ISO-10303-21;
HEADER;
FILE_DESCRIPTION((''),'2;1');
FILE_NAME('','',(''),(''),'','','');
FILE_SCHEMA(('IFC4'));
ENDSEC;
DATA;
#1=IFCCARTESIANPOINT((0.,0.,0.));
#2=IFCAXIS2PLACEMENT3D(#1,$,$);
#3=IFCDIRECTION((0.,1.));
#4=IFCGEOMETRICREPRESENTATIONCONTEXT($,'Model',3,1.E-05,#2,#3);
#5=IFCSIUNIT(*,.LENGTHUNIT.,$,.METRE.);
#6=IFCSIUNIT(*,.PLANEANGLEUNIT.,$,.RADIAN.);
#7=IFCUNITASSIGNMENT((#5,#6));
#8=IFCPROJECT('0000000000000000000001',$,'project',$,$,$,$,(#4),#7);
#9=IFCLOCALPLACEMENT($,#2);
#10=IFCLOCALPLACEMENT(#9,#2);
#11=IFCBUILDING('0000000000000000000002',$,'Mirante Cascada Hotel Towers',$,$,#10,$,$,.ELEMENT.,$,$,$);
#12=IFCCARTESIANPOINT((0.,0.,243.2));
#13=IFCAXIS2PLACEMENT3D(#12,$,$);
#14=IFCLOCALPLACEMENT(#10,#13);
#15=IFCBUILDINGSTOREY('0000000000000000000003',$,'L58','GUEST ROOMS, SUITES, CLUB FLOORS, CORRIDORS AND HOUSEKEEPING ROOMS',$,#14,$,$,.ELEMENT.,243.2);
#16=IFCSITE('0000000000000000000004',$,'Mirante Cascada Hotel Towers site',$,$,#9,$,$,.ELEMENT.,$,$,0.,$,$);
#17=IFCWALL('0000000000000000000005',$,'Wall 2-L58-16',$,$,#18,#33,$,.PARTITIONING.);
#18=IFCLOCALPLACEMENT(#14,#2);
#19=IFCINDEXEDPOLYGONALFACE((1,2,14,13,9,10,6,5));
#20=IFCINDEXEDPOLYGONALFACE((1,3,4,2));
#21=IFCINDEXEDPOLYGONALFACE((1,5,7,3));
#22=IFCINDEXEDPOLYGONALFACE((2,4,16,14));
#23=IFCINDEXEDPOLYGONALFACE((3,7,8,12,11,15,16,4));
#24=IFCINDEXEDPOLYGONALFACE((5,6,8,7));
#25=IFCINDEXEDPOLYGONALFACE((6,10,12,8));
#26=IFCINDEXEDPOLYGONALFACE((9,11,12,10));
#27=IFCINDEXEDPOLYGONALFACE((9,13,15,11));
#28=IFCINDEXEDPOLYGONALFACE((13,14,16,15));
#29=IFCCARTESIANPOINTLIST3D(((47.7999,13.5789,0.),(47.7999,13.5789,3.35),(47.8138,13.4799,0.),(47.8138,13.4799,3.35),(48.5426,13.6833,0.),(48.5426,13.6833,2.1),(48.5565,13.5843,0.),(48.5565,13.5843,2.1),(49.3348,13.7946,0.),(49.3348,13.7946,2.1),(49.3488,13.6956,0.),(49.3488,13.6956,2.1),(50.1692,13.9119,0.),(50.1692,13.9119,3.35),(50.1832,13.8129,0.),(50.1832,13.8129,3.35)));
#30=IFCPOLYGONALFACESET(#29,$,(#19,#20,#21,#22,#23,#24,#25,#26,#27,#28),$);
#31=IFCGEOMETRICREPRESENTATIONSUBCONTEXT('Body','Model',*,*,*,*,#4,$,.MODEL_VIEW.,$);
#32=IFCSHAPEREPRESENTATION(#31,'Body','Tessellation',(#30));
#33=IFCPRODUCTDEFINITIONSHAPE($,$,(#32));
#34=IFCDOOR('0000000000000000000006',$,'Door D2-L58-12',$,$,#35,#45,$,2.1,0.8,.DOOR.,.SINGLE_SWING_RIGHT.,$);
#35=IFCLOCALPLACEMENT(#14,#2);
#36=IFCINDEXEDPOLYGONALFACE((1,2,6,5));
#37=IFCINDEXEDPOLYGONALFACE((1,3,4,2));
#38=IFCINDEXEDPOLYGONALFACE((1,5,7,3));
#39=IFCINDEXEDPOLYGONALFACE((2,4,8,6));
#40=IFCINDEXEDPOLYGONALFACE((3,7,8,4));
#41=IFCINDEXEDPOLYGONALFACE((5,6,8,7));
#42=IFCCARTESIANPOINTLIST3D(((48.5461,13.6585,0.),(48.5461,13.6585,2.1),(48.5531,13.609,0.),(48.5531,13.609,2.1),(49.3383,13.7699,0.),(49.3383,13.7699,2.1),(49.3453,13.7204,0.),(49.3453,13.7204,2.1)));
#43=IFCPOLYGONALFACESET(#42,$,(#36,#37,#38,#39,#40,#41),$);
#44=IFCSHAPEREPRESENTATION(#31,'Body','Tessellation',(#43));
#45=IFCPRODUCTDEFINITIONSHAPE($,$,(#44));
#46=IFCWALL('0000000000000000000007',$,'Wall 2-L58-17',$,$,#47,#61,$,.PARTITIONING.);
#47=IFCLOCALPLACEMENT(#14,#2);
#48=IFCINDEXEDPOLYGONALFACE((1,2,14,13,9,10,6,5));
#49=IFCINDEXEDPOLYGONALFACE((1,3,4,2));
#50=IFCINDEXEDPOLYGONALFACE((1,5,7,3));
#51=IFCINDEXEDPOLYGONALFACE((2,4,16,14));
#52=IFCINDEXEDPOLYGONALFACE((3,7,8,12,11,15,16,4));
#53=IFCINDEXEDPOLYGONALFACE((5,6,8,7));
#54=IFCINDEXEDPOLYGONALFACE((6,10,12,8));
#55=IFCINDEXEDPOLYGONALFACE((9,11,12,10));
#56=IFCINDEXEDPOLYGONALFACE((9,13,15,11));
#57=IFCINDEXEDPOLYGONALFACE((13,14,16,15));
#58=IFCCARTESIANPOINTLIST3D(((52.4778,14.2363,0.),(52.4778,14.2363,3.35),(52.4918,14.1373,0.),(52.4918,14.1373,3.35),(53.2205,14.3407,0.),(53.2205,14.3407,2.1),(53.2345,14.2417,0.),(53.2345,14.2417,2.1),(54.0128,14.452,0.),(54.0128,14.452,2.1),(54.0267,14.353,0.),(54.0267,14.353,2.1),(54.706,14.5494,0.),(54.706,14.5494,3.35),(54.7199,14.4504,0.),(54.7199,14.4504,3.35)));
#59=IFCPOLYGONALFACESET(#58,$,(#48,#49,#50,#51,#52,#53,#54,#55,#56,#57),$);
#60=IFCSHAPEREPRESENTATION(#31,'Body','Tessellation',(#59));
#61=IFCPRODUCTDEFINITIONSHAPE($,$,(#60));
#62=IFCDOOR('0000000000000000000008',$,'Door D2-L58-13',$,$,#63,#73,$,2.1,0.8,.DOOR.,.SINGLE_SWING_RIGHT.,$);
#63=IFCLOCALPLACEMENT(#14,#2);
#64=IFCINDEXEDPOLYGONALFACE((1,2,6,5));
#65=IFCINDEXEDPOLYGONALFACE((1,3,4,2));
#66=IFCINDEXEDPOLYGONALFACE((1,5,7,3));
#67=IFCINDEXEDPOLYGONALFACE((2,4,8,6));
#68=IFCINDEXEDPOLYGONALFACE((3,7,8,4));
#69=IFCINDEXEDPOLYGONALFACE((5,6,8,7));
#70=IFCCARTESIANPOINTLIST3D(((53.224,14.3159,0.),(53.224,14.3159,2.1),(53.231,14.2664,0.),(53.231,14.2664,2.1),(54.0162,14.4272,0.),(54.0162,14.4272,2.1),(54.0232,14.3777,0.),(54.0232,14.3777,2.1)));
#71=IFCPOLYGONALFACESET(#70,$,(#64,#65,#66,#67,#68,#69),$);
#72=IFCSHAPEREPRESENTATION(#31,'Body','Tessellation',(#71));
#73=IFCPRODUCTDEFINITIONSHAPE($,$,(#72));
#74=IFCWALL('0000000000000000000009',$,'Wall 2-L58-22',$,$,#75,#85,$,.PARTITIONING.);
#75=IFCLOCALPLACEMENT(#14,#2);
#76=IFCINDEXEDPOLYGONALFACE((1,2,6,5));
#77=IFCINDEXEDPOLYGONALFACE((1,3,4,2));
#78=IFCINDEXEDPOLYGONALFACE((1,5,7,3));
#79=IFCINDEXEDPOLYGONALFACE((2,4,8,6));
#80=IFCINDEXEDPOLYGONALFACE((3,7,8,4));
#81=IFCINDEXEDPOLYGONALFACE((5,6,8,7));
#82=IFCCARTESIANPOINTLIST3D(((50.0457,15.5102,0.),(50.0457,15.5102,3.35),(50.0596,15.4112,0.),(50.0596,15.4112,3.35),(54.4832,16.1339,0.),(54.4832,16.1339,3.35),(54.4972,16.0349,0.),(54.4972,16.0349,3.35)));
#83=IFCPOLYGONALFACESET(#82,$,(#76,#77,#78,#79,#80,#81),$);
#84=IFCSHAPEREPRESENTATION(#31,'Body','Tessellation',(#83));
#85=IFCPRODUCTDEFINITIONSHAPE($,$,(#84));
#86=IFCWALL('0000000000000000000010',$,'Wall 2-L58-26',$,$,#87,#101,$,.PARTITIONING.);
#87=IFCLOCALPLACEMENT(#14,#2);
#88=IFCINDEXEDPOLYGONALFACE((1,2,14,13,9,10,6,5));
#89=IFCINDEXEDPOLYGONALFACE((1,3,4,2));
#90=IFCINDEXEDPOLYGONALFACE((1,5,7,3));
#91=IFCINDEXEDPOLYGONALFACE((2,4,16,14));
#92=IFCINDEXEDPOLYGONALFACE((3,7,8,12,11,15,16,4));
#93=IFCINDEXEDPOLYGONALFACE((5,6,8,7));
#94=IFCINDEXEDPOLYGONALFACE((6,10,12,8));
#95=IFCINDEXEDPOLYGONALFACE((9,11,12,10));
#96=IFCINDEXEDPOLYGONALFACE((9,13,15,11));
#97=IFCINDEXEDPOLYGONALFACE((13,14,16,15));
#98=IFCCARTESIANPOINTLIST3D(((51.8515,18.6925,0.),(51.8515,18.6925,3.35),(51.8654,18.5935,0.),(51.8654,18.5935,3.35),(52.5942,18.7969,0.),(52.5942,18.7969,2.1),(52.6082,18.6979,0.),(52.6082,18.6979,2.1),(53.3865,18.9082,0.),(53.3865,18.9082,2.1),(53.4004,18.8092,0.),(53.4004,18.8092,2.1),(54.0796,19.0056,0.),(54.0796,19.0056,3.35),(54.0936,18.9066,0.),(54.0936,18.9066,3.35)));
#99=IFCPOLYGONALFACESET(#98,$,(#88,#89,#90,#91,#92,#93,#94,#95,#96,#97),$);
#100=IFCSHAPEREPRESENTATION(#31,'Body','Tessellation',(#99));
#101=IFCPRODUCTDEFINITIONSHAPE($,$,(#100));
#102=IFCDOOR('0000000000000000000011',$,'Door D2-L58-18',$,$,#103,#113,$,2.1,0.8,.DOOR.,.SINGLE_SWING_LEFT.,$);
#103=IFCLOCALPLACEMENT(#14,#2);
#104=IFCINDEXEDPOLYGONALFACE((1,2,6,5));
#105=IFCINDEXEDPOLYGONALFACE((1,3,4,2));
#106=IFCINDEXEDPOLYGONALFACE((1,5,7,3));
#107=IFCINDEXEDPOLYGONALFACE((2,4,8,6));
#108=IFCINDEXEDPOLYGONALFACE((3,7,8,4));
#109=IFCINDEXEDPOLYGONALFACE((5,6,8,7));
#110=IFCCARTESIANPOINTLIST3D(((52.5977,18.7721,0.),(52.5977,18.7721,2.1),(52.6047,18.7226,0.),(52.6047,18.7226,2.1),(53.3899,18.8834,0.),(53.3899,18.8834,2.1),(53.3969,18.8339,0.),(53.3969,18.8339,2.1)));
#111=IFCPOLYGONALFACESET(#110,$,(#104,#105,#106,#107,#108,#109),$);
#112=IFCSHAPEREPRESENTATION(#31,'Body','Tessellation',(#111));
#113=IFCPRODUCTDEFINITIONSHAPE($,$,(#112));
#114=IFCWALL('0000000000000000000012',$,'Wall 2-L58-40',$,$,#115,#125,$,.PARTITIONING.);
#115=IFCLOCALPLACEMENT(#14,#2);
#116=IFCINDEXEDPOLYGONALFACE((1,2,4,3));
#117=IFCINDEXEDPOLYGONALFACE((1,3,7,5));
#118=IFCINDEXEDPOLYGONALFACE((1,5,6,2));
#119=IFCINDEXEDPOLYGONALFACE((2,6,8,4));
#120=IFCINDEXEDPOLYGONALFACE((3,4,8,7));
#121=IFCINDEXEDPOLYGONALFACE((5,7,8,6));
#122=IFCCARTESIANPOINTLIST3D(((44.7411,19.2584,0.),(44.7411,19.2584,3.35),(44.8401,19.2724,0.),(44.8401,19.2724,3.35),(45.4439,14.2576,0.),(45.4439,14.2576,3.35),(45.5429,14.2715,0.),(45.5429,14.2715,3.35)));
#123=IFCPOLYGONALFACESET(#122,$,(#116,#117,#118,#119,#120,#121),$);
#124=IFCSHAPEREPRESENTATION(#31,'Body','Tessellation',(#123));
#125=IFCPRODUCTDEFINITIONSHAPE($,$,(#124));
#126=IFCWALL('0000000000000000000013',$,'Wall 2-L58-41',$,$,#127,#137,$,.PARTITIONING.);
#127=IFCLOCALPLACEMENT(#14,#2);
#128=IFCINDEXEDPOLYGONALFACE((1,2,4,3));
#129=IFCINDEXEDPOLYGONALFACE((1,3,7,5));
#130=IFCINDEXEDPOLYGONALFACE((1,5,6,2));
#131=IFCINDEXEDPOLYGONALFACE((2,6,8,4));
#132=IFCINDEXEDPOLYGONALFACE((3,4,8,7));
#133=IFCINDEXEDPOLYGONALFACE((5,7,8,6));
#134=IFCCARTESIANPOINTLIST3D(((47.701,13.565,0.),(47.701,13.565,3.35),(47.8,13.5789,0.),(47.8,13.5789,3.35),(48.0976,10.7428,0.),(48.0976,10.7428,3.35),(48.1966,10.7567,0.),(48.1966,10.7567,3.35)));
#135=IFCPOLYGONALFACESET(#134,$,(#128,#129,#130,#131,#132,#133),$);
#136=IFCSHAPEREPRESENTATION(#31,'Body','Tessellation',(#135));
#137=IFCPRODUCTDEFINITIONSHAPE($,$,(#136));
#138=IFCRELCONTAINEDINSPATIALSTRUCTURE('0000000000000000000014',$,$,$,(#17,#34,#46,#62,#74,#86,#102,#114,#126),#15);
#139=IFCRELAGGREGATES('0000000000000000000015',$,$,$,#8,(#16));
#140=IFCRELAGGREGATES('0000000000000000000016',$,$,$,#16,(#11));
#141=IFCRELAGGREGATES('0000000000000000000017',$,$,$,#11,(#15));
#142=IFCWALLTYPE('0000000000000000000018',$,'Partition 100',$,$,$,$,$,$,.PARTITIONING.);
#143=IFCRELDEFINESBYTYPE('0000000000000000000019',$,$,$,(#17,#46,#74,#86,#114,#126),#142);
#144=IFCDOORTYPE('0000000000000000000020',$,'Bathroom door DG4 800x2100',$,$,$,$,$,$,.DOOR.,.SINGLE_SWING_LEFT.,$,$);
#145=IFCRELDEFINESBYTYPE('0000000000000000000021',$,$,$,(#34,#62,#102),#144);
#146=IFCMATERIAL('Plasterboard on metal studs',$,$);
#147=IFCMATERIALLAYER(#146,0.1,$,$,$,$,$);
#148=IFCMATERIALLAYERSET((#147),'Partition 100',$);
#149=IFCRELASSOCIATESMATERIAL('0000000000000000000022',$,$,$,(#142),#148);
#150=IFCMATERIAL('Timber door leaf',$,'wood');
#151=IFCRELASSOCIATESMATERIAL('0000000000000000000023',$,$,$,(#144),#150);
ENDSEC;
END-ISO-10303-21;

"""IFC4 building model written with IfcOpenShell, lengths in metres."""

from ifc_helpers import new_model, si_unit, direction, frame, frame_2d, origin, place, context, subcontext, project, spatial, rectangle, extrude, material, layer, layer_set, type_object, element, fill, save


model = new_model("IFC4")

# Units and contexts
model_context = context("Model", 3, precision=1e-05, world=origin(), true_north=direction((0.0, 1.0)))
body_context = subcontext(model_context, "Body", "Model", "MODEL_VIEW")
ifc_project = project(units=[si_unit("LENGTHUNIT", "METRE"), si_unit("PLANEANGLEUNIT", "RADIAN")], contexts=[model_context])

# Site, building, storey
site_placement = place(None, origin())
site = spatial("IfcSite", under=ifc_project, at=site_placement, Name="Mirante Cascada Hotel Towers site", CompositionType="ELEMENT", RefElevation=0.0)
building_placement = place(site_placement, origin())
building = spatial("IfcBuilding", under=site, at=building_placement, Name="Mirante Cascada Hotel Towers", CompositionType="ELEMENT")
storey_placement = place(building_placement, frame((0.0, 0.0, 243.2)))
storey = spatial("IfcBuildingStorey", under=building, at=storey_placement, Name="L58", Description="GUEST ROOMS, SUITES, CLUB FLOORS, CORRIDORS AND HOUSEKEEPING ROOMS", CompositionType="ELEMENT", Elevation=243.2)

# Walls, openings, doors
ifc_material_1 = material(Name="Plasterboard on metal studs")
ifc_layer_1 = layer(ifc_material_1, 0.1)
ifc_layer_set_1 = layer_set([ifc_layer_1], Name="Partition 100")
wall_type_1 = type_object("IfcWallType", Name="Partition 100", PredefinedType="PARTITIONING", material=ifc_layer_set_1)
wall_1_placement = place(storey_placement, frame((50.1762, 13.8624, 0.0), z_axis=(0.0, 0.0, 1.0), x_axis=(-0.990267, -0.13918, 0.0)))
wall_1 = element("IfcWall", 1, at=wall_1_placement, inside=storey, type_object=wall_type_1, Name="Wall 2-L58-16", PredefinedType="PARTITIONING", context=body_context, shape_type="SweptSolid", body=[
    extrude(rectangle(XDim=2.3926, YDim=0.1, at=frame_2d((1.1963, 0.0))), origin(), (0.0, 0.0, 1.0), 3.35),
])
opening_1_placement = place(wall_1_placement, frame((0.8426, 0.0, 0.0)))
opening_1 = element("IfcOpeningElement", 2, at=opening_1_placement, cuts=wall_1, PredefinedType="OPENING", context=body_context, shape_type="SweptSolid", body=[
    extrude(rectangle(XDim=0.8, YDim=2.1, at=frame_2d((0.4, 1.05))), frame((0.0, 0.05, 0.0), z_axis=(0.0, -1.0, 0.0), x_axis=(1.0, 0.0, 0.0)), (0.0, 0.0, 1.0), 0.1),
])
ifc_material_2 = material(Name="Timber door leaf", Category="wood")
door_type_1 = type_object("IfcDoorType", Name="Bathroom door DG4 800x2100", OperationType="SINGLE_SWING_LEFT", PredefinedType="DOOR", material=ifc_material_2)
door_1_placement = place(opening_1_placement, frame((0.8, 0.0, 0.0), z_axis=(0.0, 0.0, 1.0), x_axis=(-1.0, 0.0, 0.0)))
door_1 = element("IfcDoor", 3, at=door_1_placement, inside=storey, type_object=door_type_1, Name="Door D2-L58-12", OperationType="SINGLE_SWING_RIGHT", OverallHeight=2.1, OverallWidth=0.8, PredefinedType="DOOR", context=body_context, shape_type="SweptSolid", body=[
    extrude(rectangle(XDim=0.8, YDim=2.1, at=frame_2d((0.4, 1.05))), frame((0.0, 0.025, 0.0), z_axis=(0.0, -1.0, 0.0), x_axis=(1.0, 0.0, 0.0)), (0.0, 0.0, 1.0), 0.05),
])
fill(opening_1, door_1)
wall_2_placement = place(storey_placement, frame((52.4848, 14.1868, 0.0), z_axis=(0.0, 0.0, 1.0), x_axis=(0.990271, 0.139156, 0.0)))
wall_2 = element("IfcWall", 4, at=wall_2_placement, inside=storey, type_object=wall_type_1, Name="Wall 2-L58-17", PredefinedType="PARTITIONING", context=body_context, shape_type="SweptSolid", body=[
    extrude(rectangle(XDim=2.25, YDim=0.1, at=frame_2d((1.125, 0.0))), origin(), (0.0, 0.0, 1.0), 3.35),
])
opening_2_placement = place(wall_2_placement, frame((0.75, 0.0, 0.0)))
opening_2 = element("IfcOpeningElement", 5, at=opening_2_placement, cuts=wall_2, PredefinedType="OPENING", context=body_context, shape_type="SweptSolid", body=[
    extrude(rectangle(XDim=0.8, YDim=2.1, at=frame_2d((0.4, 1.05))), frame((0.0, 0.05, 0.0), z_axis=(0.0, -1.0, 0.0), x_axis=(1.0, 0.0, 0.0)), (0.0, 0.0, 1.0), 0.1),
])
door_2_placement = place(opening_2_placement, frame((0.8, 0.0, 0.0), z_axis=(0.0, 0.0, 1.0), x_axis=(-1.0, 0.0, 0.0)))
door_2 = element("IfcDoor", 6, at=door_2_placement, inside=storey, type_object=door_type_1, Name="Door D2-L58-13", OperationType="SINGLE_SWING_RIGHT", OverallHeight=2.1, OverallWidth=0.8, PredefinedType="DOOR", context=body_context, shape_type="SweptSolid", body=[
    extrude(rectangle(XDim=0.8, YDim=2.1, at=frame_2d((0.4, 1.05))), frame((0.0, 0.025, 0.0), z_axis=(0.0, -1.0, 0.0), x_axis=(1.0, 0.0, 0.0)), (0.0, 0.0, 1.0), 0.05),
])
fill(opening_2, door_2)

# Wall
wall_3_placement = place(storey_placement, frame((54.4902, 16.0844, 0.0), z_axis=(0.0, 0.0, 1.0), x_axis=(-0.990267, -0.139181, 0.0)))
element("IfcWall", 7, at=wall_3_placement, inside=storey, type_object=wall_type_1, Name="Wall 2-L58-22", PredefinedType="PARTITIONING", context=body_context, shape_type="SweptSolid", body=[
    extrude(rectangle(XDim=4.4812, YDim=0.1, at=frame_2d((2.2406, 0.0))), origin(), (0.0, 0.0, 1.0), 3.35),
])

# Wall, opening, door
wall_4_placement = place(storey_placement, frame((54.0866, 18.9561, 0.0), z_axis=(0.0, 0.0, 1.0), x_axis=(-0.990271, -0.139156, 0.0)))
wall_4 = element("IfcWall", 8, at=wall_4_placement, inside=storey, type_object=wall_type_1, Name="Wall 2-L58-26", PredefinedType="PARTITIONING", context=body_context, shape_type="SweptSolid", body=[
    extrude(rectangle(XDim=2.25, YDim=0.1, at=frame_2d((1.125, 0.0))), origin(), (0.0, 0.0, 1.0), 3.35),
])
opening_3_placement = place(wall_4_placement, frame((0.7, 0.0, 0.0)))
opening_3 = element("IfcOpeningElement", 9, at=opening_3_placement, cuts=wall_4, PredefinedType="OPENING", context=body_context, shape_type="SweptSolid", body=[
    extrude(rectangle(XDim=0.8, YDim=2.1, at=frame_2d((0.4, 1.05))), frame((0.0, 0.05, 0.0), z_axis=(0.0, -1.0, 0.0), x_axis=(1.0, 0.0, 0.0)), (0.0, 0.0, 1.0), 0.1),
])
door_3_placement = place(opening_3_placement, origin())
door_3 = element("IfcDoor", 10, at=door_3_placement, inside=storey, type_object=door_type_1, Name="Door D2-L58-18", OperationType="SINGLE_SWING_LEFT", OverallHeight=2.1, OverallWidth=0.8, PredefinedType="DOOR", context=body_context, shape_type="SweptSolid", body=[
    extrude(rectangle(XDim=0.8, YDim=2.1, at=frame_2d((0.4, 1.05))), frame((0.0, 0.025, 0.0), z_axis=(0.0, -1.0, 0.0), x_axis=(1.0, 0.0, 0.0)), (0.0, 0.0, 1.0), 0.05),
])
fill(opening_3, door_3)

# Walls
wall_5_placement = place(storey_placement, frame((44.7906, 19.2654, 0.0), z_axis=(0.0, 0.0, 1.0), x_axis=(0.139167, -0.990269, 0.0)))
element("IfcWall", 11, at=wall_5_placement, inside=storey, type_object=wall_type_1, Name="Wall 2-L58-40", PredefinedType="PARTITIONING", context=body_context, shape_type="SweptSolid", body=[
    extrude(rectangle(XDim=5.05, YDim=0.1, at=frame_2d((2.525, 0.0))), origin(), (0.0, 0.0, 1.0), 3.35),
])
wall_6_placement = place(storey_placement, frame((48.1471, 10.7497, 0.0), z_axis=(0.0, 0.0, 1.0), x_axis=(-0.139161, 0.99027, 0.0)))
element("IfcWall", 12, at=wall_6_placement, inside=storey, type_object=wall_type_1, Name="Wall 2-L58-41", PredefinedType="PARTITIONING", context=body_context, shape_type="SweptSolid", body=[
    extrude(rectangle(XDim=2.8499, YDim=0.1, at=frame_2d((1.425, 0.0))), origin(), (0.0, 0.0, 1.0), 3.35),
])

save(model, "model.ifc")
